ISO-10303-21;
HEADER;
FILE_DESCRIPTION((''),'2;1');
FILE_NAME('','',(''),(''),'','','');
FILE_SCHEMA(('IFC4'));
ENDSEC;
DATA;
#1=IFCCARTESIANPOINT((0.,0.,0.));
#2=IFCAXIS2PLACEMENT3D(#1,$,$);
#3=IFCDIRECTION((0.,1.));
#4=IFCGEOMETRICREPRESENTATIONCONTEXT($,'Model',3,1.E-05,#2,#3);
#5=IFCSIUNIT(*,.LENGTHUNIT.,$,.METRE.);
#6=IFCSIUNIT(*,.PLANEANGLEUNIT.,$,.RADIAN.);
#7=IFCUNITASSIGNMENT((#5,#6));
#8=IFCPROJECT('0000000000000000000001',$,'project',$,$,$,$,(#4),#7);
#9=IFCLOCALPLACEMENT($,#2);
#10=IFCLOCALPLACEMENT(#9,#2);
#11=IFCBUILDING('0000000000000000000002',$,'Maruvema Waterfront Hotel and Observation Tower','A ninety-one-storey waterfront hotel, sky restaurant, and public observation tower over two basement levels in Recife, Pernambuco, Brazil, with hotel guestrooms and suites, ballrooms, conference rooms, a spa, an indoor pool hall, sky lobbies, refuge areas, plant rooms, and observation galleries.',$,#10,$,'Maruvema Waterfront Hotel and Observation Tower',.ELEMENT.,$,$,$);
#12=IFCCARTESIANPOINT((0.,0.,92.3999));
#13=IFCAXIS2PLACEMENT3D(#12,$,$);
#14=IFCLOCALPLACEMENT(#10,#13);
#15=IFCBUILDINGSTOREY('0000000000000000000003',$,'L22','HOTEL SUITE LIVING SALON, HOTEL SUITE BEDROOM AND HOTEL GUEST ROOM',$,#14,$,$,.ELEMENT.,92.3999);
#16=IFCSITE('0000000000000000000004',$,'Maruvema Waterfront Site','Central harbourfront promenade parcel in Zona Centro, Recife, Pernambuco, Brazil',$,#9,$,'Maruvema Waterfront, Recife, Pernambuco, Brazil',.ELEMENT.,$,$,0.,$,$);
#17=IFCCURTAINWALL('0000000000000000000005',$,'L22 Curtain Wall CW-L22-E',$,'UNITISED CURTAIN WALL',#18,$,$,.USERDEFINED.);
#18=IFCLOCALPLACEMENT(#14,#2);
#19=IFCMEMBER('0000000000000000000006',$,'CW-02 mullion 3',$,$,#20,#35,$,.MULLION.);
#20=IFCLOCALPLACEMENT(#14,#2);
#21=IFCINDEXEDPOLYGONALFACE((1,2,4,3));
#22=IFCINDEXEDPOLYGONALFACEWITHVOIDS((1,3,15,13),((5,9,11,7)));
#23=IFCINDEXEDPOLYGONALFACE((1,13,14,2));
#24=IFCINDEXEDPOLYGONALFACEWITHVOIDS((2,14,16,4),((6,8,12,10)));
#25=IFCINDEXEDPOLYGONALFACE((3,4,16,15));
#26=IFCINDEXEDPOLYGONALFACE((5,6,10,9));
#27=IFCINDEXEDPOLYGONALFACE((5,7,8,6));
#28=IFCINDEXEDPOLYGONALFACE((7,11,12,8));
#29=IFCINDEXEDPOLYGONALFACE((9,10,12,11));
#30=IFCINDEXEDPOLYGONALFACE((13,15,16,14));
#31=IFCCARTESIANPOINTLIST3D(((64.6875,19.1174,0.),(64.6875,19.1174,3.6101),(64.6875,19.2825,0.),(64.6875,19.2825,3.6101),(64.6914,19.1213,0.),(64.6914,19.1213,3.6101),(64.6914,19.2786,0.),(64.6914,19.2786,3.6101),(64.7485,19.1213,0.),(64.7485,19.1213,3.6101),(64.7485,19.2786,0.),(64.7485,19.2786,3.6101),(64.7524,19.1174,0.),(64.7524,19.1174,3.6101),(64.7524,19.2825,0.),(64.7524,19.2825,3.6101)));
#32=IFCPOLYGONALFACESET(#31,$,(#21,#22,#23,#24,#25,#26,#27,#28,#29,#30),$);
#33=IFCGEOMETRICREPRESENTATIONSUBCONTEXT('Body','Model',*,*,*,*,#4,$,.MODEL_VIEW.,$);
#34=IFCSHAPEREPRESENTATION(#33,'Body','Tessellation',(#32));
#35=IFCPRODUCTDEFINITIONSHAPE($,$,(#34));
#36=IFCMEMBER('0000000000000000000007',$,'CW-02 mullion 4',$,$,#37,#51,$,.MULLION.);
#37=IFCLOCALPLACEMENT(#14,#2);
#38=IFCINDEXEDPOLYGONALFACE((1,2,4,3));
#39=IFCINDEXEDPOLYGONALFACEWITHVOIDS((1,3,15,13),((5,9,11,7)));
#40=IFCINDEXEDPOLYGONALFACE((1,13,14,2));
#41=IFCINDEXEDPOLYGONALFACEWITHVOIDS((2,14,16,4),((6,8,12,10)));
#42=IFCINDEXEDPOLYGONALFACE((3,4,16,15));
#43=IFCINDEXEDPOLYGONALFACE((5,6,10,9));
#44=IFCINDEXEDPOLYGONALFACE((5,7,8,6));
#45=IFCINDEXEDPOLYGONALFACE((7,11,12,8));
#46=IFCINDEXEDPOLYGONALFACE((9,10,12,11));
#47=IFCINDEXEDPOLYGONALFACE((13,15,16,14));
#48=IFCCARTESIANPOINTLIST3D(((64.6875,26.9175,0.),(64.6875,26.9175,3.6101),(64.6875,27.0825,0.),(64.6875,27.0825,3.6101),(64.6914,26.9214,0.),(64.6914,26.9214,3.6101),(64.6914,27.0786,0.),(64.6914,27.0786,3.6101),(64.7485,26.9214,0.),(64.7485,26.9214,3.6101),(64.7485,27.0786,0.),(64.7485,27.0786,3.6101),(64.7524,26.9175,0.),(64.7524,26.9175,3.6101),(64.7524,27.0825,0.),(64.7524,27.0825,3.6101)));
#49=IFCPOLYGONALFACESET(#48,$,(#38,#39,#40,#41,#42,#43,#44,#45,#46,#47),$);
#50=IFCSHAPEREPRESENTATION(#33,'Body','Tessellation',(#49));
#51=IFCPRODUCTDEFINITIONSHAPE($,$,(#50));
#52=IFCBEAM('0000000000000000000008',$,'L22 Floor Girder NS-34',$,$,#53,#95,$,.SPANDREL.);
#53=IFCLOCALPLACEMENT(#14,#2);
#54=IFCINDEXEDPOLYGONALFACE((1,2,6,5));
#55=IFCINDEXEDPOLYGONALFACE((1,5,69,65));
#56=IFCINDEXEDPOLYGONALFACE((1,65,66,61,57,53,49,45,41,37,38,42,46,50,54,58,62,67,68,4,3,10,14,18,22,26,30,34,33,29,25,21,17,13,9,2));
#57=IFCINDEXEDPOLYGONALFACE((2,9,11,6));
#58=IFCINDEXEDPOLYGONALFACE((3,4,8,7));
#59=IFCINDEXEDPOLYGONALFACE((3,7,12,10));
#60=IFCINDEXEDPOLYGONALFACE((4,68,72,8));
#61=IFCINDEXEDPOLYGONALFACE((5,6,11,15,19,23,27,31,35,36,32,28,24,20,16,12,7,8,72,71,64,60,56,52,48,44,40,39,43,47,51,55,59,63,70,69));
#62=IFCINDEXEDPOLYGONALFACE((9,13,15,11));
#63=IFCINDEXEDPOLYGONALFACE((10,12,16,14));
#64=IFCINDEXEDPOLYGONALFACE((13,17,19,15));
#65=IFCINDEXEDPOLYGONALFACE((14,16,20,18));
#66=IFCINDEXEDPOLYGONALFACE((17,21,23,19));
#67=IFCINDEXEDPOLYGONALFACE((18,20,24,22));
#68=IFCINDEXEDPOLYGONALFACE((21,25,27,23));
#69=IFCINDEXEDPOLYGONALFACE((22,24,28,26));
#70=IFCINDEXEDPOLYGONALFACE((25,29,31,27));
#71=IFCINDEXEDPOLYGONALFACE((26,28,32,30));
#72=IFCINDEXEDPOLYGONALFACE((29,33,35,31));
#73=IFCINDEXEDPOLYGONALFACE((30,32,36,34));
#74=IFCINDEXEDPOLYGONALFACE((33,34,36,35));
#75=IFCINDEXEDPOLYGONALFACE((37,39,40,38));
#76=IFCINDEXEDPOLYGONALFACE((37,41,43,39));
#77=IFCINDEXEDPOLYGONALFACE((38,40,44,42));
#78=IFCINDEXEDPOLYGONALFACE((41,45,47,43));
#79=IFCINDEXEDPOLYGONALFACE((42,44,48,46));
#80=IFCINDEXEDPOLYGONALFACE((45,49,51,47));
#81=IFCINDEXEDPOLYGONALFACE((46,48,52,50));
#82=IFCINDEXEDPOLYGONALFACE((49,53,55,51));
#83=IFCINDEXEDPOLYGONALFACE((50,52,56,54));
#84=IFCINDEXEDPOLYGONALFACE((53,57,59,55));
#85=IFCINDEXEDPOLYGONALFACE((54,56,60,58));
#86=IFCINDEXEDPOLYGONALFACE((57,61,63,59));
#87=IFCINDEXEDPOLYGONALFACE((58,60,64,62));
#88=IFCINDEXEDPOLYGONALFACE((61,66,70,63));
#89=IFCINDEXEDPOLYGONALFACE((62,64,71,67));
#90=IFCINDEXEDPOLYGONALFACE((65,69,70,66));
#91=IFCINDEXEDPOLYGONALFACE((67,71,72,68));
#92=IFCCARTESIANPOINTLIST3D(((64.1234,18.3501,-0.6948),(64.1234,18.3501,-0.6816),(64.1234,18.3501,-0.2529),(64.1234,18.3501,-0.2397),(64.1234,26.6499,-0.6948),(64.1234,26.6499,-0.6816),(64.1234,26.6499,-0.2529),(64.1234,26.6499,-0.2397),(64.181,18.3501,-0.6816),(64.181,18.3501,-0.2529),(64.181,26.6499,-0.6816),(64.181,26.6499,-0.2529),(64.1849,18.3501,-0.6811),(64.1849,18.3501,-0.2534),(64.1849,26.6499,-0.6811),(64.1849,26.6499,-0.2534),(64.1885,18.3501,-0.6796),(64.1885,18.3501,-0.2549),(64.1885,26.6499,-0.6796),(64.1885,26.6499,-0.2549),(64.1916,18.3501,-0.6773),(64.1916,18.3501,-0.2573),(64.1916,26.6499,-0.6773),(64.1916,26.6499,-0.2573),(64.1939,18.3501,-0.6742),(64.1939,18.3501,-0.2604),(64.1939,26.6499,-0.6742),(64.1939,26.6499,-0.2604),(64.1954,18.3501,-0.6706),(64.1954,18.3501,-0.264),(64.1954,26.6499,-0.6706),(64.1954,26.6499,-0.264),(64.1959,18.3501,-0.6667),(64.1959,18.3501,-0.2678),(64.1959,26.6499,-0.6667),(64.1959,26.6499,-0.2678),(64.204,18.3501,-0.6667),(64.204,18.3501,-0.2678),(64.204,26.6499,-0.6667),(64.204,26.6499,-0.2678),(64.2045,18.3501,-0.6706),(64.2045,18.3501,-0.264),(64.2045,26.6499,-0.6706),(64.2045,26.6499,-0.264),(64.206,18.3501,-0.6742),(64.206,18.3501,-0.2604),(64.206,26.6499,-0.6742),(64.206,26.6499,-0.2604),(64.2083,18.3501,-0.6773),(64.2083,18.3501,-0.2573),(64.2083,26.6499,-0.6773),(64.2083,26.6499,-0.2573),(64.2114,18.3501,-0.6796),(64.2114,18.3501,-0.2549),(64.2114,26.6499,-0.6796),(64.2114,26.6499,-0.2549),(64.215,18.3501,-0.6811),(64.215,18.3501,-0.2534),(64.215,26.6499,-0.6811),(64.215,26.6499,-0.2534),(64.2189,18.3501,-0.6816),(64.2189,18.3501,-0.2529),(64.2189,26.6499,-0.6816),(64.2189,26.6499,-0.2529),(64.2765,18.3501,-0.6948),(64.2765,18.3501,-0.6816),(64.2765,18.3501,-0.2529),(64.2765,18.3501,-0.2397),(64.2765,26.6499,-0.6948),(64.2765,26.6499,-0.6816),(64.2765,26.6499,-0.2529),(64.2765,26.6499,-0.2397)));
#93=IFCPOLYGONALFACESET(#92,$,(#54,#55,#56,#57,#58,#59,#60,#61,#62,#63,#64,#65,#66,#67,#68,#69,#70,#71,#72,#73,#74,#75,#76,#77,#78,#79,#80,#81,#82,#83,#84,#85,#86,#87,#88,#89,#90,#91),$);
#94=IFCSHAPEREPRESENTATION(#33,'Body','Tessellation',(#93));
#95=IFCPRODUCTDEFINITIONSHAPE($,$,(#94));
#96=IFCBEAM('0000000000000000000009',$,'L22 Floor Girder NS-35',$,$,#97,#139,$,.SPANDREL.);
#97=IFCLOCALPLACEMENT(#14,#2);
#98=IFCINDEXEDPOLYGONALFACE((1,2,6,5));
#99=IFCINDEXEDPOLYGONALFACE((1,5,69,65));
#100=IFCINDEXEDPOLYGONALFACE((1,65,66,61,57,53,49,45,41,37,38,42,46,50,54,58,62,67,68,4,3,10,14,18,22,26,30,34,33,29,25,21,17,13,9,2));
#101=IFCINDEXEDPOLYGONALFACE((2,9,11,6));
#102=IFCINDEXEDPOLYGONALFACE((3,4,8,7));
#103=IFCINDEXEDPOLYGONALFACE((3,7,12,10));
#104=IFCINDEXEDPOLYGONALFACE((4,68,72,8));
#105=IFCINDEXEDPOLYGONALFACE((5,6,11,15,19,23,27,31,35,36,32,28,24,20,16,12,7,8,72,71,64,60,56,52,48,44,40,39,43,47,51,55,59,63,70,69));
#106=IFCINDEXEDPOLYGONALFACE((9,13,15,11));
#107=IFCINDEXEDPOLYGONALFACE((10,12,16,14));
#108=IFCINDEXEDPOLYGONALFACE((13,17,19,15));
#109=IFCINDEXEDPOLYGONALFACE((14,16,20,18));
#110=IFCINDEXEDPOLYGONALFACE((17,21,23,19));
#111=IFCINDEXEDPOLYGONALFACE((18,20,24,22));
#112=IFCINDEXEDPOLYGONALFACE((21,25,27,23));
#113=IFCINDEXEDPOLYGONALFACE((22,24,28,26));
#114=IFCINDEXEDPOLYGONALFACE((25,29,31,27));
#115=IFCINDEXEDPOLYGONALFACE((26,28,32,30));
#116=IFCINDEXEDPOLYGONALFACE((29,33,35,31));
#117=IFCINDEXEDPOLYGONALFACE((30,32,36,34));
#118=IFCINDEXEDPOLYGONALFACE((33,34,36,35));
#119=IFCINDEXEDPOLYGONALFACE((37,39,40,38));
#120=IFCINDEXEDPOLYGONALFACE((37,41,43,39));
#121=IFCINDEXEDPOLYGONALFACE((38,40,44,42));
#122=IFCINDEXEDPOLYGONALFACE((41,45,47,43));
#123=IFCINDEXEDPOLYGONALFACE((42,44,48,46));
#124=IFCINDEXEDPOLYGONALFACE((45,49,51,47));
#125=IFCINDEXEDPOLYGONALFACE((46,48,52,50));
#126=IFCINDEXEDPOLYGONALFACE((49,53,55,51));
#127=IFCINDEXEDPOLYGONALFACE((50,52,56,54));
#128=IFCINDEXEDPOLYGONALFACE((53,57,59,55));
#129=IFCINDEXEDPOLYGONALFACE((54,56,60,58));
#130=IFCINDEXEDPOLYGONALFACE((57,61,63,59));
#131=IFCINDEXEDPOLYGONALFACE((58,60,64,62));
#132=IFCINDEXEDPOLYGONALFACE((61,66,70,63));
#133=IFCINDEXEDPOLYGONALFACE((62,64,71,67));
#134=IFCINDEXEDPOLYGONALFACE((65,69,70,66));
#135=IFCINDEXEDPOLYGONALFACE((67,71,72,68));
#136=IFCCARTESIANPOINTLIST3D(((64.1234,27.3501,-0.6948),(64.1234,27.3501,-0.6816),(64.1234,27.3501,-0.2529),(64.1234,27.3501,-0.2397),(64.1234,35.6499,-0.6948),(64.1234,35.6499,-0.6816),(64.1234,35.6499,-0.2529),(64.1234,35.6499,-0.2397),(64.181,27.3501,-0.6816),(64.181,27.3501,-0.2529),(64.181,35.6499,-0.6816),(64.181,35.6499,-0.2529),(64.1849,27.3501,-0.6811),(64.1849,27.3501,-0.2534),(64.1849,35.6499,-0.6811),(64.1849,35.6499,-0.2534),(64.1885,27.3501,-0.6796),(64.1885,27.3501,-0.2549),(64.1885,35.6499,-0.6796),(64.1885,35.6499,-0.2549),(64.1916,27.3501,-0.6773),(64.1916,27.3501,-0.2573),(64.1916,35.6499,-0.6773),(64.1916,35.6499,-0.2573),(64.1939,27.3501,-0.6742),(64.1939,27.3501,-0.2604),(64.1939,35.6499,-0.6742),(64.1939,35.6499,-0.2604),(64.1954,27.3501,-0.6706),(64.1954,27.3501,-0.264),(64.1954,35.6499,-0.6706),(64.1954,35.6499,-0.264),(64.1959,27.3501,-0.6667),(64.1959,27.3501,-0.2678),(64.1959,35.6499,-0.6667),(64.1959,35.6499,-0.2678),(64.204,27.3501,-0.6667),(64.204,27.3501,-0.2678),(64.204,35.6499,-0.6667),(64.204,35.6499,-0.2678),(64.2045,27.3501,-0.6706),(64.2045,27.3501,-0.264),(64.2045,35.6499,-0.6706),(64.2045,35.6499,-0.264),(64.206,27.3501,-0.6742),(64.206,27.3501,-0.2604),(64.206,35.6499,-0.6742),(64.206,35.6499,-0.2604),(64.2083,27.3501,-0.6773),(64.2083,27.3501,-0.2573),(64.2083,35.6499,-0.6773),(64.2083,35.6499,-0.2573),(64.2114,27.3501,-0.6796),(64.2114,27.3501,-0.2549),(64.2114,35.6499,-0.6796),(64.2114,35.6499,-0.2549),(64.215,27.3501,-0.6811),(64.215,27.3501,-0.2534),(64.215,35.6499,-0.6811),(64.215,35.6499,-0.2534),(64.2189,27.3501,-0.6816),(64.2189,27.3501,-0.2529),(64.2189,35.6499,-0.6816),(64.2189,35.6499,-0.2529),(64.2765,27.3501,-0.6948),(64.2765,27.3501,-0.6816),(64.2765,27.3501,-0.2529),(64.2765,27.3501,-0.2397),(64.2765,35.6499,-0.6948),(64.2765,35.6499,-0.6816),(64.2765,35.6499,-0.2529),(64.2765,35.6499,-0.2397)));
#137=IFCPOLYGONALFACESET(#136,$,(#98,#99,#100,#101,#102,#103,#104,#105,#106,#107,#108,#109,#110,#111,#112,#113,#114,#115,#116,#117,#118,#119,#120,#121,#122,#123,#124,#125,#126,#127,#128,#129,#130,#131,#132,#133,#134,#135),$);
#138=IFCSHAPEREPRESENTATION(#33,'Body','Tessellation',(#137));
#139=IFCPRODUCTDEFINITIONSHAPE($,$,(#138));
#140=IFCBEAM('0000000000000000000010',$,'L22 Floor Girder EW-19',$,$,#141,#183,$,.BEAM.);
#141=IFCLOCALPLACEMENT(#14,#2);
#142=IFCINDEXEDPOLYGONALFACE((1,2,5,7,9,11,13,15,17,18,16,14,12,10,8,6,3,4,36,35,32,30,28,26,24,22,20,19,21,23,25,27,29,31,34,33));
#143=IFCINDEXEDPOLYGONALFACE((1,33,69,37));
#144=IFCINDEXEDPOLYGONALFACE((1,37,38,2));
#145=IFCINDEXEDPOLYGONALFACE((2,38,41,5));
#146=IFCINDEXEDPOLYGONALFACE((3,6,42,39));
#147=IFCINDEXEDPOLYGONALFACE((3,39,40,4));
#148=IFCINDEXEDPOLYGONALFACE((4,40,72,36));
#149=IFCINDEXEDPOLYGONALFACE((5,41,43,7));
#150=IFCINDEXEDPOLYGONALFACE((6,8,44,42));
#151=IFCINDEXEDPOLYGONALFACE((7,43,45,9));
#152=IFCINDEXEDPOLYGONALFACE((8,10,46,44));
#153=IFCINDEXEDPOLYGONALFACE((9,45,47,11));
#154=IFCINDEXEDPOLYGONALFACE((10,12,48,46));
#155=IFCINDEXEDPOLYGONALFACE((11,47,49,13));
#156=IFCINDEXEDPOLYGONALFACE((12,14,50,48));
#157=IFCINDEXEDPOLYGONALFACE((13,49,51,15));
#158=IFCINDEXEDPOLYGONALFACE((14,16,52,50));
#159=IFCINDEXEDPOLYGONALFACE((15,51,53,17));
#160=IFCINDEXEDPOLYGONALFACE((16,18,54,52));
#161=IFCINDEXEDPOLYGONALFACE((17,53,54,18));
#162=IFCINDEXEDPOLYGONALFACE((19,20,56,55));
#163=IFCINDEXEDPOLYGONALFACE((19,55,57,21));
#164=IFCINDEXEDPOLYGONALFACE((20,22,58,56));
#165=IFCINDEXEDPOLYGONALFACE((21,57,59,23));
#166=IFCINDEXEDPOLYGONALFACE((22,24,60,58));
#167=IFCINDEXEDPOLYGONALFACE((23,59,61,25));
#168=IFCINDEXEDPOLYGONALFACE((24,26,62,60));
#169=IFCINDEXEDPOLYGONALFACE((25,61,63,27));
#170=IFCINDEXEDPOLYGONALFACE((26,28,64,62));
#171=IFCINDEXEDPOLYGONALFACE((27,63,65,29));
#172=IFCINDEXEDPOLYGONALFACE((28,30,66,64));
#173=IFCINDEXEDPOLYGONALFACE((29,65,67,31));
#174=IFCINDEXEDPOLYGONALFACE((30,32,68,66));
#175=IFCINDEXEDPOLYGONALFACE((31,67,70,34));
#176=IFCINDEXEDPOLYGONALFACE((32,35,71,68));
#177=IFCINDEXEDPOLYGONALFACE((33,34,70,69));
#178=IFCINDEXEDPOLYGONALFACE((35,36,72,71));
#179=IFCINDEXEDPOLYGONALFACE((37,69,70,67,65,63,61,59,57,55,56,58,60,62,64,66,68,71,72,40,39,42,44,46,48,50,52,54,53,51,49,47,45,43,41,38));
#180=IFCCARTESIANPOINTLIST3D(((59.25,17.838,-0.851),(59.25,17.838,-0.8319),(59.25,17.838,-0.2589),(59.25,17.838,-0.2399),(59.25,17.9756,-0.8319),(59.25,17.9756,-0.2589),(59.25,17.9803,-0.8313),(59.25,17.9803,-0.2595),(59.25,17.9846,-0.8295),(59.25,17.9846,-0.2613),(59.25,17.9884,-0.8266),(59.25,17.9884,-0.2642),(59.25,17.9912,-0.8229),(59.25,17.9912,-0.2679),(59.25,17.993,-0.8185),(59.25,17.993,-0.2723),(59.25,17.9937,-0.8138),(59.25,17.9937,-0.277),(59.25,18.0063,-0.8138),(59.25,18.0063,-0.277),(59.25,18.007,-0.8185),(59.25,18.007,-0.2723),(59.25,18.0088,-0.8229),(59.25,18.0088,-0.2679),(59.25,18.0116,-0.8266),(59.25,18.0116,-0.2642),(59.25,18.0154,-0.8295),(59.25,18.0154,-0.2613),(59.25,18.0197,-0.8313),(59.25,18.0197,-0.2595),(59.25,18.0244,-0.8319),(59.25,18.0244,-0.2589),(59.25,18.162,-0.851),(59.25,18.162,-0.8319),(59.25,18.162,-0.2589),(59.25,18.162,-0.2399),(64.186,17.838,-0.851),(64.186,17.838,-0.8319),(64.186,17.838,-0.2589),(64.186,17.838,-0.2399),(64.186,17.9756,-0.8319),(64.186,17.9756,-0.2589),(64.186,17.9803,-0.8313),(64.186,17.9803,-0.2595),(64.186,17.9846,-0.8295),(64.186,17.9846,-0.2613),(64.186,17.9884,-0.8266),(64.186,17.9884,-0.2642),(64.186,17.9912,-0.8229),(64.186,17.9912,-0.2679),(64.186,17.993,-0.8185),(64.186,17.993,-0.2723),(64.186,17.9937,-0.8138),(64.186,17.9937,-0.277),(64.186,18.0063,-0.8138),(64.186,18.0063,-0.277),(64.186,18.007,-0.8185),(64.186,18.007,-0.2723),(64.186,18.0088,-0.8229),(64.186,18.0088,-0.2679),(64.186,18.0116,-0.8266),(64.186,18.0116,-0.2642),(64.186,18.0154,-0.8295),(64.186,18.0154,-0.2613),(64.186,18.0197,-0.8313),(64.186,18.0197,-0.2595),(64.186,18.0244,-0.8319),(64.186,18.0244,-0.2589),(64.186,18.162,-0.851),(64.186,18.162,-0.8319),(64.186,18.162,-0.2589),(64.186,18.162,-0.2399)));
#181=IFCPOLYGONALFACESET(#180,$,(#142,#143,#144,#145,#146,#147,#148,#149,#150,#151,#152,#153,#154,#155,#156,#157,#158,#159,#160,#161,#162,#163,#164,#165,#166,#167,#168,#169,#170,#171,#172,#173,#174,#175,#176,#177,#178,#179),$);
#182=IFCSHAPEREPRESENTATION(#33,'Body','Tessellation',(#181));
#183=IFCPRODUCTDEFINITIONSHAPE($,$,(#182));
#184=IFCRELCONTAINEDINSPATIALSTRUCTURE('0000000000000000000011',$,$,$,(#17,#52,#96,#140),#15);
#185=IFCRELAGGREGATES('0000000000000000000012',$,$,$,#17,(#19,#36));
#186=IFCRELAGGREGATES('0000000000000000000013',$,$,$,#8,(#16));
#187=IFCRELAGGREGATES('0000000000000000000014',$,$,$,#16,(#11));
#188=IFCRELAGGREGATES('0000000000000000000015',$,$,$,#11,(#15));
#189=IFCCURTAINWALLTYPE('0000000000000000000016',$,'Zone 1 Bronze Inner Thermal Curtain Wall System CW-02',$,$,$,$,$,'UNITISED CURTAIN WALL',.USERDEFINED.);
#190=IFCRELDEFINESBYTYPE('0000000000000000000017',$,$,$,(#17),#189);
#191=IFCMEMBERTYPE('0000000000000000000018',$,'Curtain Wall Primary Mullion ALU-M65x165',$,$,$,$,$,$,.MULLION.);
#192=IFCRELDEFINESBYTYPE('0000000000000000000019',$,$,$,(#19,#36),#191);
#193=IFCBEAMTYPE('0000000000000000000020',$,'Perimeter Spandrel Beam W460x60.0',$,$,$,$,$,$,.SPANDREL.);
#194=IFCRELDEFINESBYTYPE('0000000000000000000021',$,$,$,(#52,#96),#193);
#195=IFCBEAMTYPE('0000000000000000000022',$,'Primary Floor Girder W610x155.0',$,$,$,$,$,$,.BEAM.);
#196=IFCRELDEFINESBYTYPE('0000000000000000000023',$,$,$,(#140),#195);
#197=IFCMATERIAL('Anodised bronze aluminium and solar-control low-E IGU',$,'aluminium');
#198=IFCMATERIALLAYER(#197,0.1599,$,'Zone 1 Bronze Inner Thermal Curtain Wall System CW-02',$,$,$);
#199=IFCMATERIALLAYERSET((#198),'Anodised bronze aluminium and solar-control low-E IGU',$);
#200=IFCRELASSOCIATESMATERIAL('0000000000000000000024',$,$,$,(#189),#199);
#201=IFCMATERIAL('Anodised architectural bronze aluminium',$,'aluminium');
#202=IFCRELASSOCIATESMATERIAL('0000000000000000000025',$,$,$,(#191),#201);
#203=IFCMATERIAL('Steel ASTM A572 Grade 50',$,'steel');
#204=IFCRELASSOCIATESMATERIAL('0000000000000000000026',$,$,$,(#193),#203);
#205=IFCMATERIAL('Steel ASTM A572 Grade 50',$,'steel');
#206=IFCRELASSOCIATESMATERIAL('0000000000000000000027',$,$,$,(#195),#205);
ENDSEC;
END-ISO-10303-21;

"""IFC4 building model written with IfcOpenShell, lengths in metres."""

from ifc_helpers import new_model, si_unit, direction, frame, origin, origin_2d, place, context, subcontext, project, spatial, hollow_rectangle, i_section, extrude, material, layer, layer_set, material_profile, profile_set, type_object, element, aggregate, save


model = new_model("IFC4")

# Units and contexts
model_context = context("Model", 3, precision=1e-05, world=origin(), true_north=direction((0.0, 1.0)))
body_context = subcontext(model_context, "Body", "Model", "MODEL_VIEW")
ifc_project = project(units=[si_unit("LENGTHUNIT", "METRE"), si_unit("PLANEANGLEUNIT", "RADIAN")], contexts=[model_context])

# Site, building, storey
site_placement = place(None, origin())
site = spatial("IfcSite", under=ifc_project, at=site_placement, Name="Maruvema Waterfront Site", Description="Central harbourfront promenade parcel in Zona Centro, Recife, Pernambuco, Brazil", LongName="Maruvema Waterfront, Recife, Pernambuco, Brazil", CompositionType="ELEMENT", RefElevation=0.0)
building_placement = place(site_placement, origin())
building = spatial("IfcBuilding", under=site, at=building_placement, Name="Maruvema Waterfront Hotel and Observation Tower", Description="A ninety-one-storey waterfront hotel, sky restaurant, and public observation tower over two basement levels in Recife, Pernambuco, Brazil, with hotel guestrooms and suites, ballrooms, conference rooms, a spa, an indoor pool hall, sky lobbies, refuge areas, plant rooms, and observation galleries.", LongName="Maruvema Waterfront Hotel and Observation Tower", CompositionType="ELEMENT")
storey_placement = place(building_placement, frame((0.0, 0.0, 92.3999)))
storey = spatial("IfcBuildingStorey", under=building, at=storey_placement, Name="L22", Description="HOTEL SUITE LIVING SALON, HOTEL SUITE BEDROOM AND HOTEL GUEST ROOM", CompositionType="ELEMENT", Elevation=92.3999)

# Curtain wall, members
ifc_material_1 = material(Name="Anodised bronze aluminium and solar-control low-E IGU", Category="aluminium")
ifc_layer_1 = layer(ifc_material_1, 0.1599, Name="Zone 1 Bronze Inner Thermal Curtain Wall System CW-02")
ifc_layer_set_1 = layer_set([ifc_layer_1], Name="Anodised bronze aluminium and solar-control low-E IGU")
curtain_wall_type = type_object("IfcCurtainWallType", Name="Zone 1 Bronze Inner Thermal Curtain Wall System CW-02", ElementType="UNITISED CURTAIN WALL", PredefinedType="USERDEFINED", material=ifc_layer_set_1)
curtain_wall_placement = place(storey_placement, origin())
curtain_wall = element("IfcCurtainWall", 1, at=curtain_wall_placement, inside=storey, type_object=curtain_wall_type, Name="L22 Curtain Wall CW-L22-E", ObjectType="UNITISED CURTAIN WALL", PredefinedType="USERDEFINED")
ifc_material_2 = material(Name="Anodised architectural bronze aluminium", Category="aluminium")
ifc_material_profile_1 = material_profile(ifc_material_2, hollow_rectangle(XDim=0.0649, YDim=0.165, WallThickness=0.0039, at=origin_2d()), Name="ALU-M65x165")
ifc_profile_set_1 = profile_set([ifc_material_profile_1], Name="Anodised architectural bronze aluminium")
member_type_1 = type_object("IfcMemberType", Name="Curtain Wall Primary Mullion ALU-M65x165", PredefinedType="MULLION", material=ifc_profile_set_1)
member_1_placement = place(storey_placement, frame((64.72, 19.2, 0.0), z_axis=(0.0, 0.0, 1.0), x_axis=(-1.0, 0.0, 0.0)))
member_1 = element("IfcMember", 2, at=member_1_placement, type_object=member_type_1, Name="CW-02 mullion 3", PredefinedType="MULLION", context=body_context, shape_type="SweptSolid", body=[
    extrude(hollow_rectangle(XDim=0.0649, YDim=0.165, WallThickness=0.0039, at=origin_2d()), origin(), (0.0, 0.0, 1.0), 3.6101),
])
member_2_placement = place(storey_placement, frame((64.72, 27.0, 0.0), z_axis=(0.0, 0.0, 1.0), x_axis=(-1.0, 0.0, 0.0)))
member_2 = element("IfcMember", 3, at=member_2_placement, type_object=member_type_1, Name="CW-02 mullion 4", PredefinedType="MULLION", context=body_context, shape_type="SweptSolid", body=[
    extrude(hollow_rectangle(XDim=0.0649, YDim=0.165, WallThickness=0.0039, at=origin_2d()), origin(), (0.0, 0.0, 1.0), 3.6101),
])

# Beams
ifc_material_3 = material(Name="Steel ASTM A572 Grade 50", Category="steel")
ifc_material_profile_2 = material_profile(ifc_material_3, i_section(OverallWidth=0.1531, OverallDepth=0.4551, WebThickness=0.0081, FlangeThickness=0.0132, FilletRadius=0.0149, at=origin_2d()), Name="W460x60.0")
ifc_profile_set_2 = profile_set([ifc_material_profile_2], Name="Steel ASTM A572 Grade 50")
beam_type_1 = type_object("IfcBeamType", Name="Perimeter Spandrel Beam W460x60.0", PredefinedType="SPANDREL", material=ifc_profile_set_2)
for number, where, z_axis, x_axis, name in (
    (4, (64.2, 18.3501, -0.4673), (0.0, 1.0, 0.0), (-1.0, 0.0, 0.0), "L22 Floor Girder NS-34"),
    (5, (64.2, 27.3501, -0.4673), (0.0, 1.0, 0.0), (-1.0, 0.0, 0.0), "L22 Floor Girder NS-35"),
):
    element("IfcBeam", number, at=place(storey_placement, frame(where, z_axis=z_axis, x_axis=x_axis)), inside=storey, type_object=beam_type_1, Name=name, PredefinedType="SPANDREL", context=body_context, shape_type="SweptSolid", body=[
        extrude(i_section(OverallWidth=0.1531, OverallDepth=0.4551, WebThickness=0.0081, FlangeThickness=0.0132, FilletRadius=0.0149, at=origin_2d()), origin(), (0.0, 0.0, 1.0), 8.2998),
    ])
ifc_material_4 = material(Name="Steel ASTM A572 Grade 50", Category="steel")
ifc_material_profile_3 = material_profile(ifc_material_4, i_section(OverallWidth=0.324, OverallDepth=0.6111, WebThickness=0.0127, FlangeThickness=0.019, FilletRadius=0.0181, at=origin_2d()), Name="W610x155.0")
ifc_profile_set_3 = profile_set([ifc_material_profile_3], Name="Steel ASTM A572 Grade 50")
beam_type_2 = type_object("IfcBeamType", Name="Primary Floor Girder W610x155.0", PredefinedType="BEAM", material=ifc_profile_set_3)
for number, where, z_axis, x_axis, name in (
    (6, (59.25, 18.0, -0.5454), (1.0, 0.0, 0.0), (0.0, 1.0, 0.0), "L22 Floor Girder EW-19"),
):
    element("IfcBeam", number, at=place(storey_placement, frame(where, z_axis=z_axis, x_axis=x_axis)), inside=storey, type_object=beam_type_2, Name=name, PredefinedType="BEAM", context=body_context, shape_type="SweptSolid", body=[
        extrude(i_section(OverallWidth=0.324, OverallDepth=0.6111, WebThickness=0.0127, FlangeThickness=0.019, FilletRadius=0.0181, at=origin_2d()), origin(), (0.0, 0.0, 1.0), 4.936),
    ])

aggregate(curtain_wall, [member_1, member_2])

save(model, "model.ifc")
